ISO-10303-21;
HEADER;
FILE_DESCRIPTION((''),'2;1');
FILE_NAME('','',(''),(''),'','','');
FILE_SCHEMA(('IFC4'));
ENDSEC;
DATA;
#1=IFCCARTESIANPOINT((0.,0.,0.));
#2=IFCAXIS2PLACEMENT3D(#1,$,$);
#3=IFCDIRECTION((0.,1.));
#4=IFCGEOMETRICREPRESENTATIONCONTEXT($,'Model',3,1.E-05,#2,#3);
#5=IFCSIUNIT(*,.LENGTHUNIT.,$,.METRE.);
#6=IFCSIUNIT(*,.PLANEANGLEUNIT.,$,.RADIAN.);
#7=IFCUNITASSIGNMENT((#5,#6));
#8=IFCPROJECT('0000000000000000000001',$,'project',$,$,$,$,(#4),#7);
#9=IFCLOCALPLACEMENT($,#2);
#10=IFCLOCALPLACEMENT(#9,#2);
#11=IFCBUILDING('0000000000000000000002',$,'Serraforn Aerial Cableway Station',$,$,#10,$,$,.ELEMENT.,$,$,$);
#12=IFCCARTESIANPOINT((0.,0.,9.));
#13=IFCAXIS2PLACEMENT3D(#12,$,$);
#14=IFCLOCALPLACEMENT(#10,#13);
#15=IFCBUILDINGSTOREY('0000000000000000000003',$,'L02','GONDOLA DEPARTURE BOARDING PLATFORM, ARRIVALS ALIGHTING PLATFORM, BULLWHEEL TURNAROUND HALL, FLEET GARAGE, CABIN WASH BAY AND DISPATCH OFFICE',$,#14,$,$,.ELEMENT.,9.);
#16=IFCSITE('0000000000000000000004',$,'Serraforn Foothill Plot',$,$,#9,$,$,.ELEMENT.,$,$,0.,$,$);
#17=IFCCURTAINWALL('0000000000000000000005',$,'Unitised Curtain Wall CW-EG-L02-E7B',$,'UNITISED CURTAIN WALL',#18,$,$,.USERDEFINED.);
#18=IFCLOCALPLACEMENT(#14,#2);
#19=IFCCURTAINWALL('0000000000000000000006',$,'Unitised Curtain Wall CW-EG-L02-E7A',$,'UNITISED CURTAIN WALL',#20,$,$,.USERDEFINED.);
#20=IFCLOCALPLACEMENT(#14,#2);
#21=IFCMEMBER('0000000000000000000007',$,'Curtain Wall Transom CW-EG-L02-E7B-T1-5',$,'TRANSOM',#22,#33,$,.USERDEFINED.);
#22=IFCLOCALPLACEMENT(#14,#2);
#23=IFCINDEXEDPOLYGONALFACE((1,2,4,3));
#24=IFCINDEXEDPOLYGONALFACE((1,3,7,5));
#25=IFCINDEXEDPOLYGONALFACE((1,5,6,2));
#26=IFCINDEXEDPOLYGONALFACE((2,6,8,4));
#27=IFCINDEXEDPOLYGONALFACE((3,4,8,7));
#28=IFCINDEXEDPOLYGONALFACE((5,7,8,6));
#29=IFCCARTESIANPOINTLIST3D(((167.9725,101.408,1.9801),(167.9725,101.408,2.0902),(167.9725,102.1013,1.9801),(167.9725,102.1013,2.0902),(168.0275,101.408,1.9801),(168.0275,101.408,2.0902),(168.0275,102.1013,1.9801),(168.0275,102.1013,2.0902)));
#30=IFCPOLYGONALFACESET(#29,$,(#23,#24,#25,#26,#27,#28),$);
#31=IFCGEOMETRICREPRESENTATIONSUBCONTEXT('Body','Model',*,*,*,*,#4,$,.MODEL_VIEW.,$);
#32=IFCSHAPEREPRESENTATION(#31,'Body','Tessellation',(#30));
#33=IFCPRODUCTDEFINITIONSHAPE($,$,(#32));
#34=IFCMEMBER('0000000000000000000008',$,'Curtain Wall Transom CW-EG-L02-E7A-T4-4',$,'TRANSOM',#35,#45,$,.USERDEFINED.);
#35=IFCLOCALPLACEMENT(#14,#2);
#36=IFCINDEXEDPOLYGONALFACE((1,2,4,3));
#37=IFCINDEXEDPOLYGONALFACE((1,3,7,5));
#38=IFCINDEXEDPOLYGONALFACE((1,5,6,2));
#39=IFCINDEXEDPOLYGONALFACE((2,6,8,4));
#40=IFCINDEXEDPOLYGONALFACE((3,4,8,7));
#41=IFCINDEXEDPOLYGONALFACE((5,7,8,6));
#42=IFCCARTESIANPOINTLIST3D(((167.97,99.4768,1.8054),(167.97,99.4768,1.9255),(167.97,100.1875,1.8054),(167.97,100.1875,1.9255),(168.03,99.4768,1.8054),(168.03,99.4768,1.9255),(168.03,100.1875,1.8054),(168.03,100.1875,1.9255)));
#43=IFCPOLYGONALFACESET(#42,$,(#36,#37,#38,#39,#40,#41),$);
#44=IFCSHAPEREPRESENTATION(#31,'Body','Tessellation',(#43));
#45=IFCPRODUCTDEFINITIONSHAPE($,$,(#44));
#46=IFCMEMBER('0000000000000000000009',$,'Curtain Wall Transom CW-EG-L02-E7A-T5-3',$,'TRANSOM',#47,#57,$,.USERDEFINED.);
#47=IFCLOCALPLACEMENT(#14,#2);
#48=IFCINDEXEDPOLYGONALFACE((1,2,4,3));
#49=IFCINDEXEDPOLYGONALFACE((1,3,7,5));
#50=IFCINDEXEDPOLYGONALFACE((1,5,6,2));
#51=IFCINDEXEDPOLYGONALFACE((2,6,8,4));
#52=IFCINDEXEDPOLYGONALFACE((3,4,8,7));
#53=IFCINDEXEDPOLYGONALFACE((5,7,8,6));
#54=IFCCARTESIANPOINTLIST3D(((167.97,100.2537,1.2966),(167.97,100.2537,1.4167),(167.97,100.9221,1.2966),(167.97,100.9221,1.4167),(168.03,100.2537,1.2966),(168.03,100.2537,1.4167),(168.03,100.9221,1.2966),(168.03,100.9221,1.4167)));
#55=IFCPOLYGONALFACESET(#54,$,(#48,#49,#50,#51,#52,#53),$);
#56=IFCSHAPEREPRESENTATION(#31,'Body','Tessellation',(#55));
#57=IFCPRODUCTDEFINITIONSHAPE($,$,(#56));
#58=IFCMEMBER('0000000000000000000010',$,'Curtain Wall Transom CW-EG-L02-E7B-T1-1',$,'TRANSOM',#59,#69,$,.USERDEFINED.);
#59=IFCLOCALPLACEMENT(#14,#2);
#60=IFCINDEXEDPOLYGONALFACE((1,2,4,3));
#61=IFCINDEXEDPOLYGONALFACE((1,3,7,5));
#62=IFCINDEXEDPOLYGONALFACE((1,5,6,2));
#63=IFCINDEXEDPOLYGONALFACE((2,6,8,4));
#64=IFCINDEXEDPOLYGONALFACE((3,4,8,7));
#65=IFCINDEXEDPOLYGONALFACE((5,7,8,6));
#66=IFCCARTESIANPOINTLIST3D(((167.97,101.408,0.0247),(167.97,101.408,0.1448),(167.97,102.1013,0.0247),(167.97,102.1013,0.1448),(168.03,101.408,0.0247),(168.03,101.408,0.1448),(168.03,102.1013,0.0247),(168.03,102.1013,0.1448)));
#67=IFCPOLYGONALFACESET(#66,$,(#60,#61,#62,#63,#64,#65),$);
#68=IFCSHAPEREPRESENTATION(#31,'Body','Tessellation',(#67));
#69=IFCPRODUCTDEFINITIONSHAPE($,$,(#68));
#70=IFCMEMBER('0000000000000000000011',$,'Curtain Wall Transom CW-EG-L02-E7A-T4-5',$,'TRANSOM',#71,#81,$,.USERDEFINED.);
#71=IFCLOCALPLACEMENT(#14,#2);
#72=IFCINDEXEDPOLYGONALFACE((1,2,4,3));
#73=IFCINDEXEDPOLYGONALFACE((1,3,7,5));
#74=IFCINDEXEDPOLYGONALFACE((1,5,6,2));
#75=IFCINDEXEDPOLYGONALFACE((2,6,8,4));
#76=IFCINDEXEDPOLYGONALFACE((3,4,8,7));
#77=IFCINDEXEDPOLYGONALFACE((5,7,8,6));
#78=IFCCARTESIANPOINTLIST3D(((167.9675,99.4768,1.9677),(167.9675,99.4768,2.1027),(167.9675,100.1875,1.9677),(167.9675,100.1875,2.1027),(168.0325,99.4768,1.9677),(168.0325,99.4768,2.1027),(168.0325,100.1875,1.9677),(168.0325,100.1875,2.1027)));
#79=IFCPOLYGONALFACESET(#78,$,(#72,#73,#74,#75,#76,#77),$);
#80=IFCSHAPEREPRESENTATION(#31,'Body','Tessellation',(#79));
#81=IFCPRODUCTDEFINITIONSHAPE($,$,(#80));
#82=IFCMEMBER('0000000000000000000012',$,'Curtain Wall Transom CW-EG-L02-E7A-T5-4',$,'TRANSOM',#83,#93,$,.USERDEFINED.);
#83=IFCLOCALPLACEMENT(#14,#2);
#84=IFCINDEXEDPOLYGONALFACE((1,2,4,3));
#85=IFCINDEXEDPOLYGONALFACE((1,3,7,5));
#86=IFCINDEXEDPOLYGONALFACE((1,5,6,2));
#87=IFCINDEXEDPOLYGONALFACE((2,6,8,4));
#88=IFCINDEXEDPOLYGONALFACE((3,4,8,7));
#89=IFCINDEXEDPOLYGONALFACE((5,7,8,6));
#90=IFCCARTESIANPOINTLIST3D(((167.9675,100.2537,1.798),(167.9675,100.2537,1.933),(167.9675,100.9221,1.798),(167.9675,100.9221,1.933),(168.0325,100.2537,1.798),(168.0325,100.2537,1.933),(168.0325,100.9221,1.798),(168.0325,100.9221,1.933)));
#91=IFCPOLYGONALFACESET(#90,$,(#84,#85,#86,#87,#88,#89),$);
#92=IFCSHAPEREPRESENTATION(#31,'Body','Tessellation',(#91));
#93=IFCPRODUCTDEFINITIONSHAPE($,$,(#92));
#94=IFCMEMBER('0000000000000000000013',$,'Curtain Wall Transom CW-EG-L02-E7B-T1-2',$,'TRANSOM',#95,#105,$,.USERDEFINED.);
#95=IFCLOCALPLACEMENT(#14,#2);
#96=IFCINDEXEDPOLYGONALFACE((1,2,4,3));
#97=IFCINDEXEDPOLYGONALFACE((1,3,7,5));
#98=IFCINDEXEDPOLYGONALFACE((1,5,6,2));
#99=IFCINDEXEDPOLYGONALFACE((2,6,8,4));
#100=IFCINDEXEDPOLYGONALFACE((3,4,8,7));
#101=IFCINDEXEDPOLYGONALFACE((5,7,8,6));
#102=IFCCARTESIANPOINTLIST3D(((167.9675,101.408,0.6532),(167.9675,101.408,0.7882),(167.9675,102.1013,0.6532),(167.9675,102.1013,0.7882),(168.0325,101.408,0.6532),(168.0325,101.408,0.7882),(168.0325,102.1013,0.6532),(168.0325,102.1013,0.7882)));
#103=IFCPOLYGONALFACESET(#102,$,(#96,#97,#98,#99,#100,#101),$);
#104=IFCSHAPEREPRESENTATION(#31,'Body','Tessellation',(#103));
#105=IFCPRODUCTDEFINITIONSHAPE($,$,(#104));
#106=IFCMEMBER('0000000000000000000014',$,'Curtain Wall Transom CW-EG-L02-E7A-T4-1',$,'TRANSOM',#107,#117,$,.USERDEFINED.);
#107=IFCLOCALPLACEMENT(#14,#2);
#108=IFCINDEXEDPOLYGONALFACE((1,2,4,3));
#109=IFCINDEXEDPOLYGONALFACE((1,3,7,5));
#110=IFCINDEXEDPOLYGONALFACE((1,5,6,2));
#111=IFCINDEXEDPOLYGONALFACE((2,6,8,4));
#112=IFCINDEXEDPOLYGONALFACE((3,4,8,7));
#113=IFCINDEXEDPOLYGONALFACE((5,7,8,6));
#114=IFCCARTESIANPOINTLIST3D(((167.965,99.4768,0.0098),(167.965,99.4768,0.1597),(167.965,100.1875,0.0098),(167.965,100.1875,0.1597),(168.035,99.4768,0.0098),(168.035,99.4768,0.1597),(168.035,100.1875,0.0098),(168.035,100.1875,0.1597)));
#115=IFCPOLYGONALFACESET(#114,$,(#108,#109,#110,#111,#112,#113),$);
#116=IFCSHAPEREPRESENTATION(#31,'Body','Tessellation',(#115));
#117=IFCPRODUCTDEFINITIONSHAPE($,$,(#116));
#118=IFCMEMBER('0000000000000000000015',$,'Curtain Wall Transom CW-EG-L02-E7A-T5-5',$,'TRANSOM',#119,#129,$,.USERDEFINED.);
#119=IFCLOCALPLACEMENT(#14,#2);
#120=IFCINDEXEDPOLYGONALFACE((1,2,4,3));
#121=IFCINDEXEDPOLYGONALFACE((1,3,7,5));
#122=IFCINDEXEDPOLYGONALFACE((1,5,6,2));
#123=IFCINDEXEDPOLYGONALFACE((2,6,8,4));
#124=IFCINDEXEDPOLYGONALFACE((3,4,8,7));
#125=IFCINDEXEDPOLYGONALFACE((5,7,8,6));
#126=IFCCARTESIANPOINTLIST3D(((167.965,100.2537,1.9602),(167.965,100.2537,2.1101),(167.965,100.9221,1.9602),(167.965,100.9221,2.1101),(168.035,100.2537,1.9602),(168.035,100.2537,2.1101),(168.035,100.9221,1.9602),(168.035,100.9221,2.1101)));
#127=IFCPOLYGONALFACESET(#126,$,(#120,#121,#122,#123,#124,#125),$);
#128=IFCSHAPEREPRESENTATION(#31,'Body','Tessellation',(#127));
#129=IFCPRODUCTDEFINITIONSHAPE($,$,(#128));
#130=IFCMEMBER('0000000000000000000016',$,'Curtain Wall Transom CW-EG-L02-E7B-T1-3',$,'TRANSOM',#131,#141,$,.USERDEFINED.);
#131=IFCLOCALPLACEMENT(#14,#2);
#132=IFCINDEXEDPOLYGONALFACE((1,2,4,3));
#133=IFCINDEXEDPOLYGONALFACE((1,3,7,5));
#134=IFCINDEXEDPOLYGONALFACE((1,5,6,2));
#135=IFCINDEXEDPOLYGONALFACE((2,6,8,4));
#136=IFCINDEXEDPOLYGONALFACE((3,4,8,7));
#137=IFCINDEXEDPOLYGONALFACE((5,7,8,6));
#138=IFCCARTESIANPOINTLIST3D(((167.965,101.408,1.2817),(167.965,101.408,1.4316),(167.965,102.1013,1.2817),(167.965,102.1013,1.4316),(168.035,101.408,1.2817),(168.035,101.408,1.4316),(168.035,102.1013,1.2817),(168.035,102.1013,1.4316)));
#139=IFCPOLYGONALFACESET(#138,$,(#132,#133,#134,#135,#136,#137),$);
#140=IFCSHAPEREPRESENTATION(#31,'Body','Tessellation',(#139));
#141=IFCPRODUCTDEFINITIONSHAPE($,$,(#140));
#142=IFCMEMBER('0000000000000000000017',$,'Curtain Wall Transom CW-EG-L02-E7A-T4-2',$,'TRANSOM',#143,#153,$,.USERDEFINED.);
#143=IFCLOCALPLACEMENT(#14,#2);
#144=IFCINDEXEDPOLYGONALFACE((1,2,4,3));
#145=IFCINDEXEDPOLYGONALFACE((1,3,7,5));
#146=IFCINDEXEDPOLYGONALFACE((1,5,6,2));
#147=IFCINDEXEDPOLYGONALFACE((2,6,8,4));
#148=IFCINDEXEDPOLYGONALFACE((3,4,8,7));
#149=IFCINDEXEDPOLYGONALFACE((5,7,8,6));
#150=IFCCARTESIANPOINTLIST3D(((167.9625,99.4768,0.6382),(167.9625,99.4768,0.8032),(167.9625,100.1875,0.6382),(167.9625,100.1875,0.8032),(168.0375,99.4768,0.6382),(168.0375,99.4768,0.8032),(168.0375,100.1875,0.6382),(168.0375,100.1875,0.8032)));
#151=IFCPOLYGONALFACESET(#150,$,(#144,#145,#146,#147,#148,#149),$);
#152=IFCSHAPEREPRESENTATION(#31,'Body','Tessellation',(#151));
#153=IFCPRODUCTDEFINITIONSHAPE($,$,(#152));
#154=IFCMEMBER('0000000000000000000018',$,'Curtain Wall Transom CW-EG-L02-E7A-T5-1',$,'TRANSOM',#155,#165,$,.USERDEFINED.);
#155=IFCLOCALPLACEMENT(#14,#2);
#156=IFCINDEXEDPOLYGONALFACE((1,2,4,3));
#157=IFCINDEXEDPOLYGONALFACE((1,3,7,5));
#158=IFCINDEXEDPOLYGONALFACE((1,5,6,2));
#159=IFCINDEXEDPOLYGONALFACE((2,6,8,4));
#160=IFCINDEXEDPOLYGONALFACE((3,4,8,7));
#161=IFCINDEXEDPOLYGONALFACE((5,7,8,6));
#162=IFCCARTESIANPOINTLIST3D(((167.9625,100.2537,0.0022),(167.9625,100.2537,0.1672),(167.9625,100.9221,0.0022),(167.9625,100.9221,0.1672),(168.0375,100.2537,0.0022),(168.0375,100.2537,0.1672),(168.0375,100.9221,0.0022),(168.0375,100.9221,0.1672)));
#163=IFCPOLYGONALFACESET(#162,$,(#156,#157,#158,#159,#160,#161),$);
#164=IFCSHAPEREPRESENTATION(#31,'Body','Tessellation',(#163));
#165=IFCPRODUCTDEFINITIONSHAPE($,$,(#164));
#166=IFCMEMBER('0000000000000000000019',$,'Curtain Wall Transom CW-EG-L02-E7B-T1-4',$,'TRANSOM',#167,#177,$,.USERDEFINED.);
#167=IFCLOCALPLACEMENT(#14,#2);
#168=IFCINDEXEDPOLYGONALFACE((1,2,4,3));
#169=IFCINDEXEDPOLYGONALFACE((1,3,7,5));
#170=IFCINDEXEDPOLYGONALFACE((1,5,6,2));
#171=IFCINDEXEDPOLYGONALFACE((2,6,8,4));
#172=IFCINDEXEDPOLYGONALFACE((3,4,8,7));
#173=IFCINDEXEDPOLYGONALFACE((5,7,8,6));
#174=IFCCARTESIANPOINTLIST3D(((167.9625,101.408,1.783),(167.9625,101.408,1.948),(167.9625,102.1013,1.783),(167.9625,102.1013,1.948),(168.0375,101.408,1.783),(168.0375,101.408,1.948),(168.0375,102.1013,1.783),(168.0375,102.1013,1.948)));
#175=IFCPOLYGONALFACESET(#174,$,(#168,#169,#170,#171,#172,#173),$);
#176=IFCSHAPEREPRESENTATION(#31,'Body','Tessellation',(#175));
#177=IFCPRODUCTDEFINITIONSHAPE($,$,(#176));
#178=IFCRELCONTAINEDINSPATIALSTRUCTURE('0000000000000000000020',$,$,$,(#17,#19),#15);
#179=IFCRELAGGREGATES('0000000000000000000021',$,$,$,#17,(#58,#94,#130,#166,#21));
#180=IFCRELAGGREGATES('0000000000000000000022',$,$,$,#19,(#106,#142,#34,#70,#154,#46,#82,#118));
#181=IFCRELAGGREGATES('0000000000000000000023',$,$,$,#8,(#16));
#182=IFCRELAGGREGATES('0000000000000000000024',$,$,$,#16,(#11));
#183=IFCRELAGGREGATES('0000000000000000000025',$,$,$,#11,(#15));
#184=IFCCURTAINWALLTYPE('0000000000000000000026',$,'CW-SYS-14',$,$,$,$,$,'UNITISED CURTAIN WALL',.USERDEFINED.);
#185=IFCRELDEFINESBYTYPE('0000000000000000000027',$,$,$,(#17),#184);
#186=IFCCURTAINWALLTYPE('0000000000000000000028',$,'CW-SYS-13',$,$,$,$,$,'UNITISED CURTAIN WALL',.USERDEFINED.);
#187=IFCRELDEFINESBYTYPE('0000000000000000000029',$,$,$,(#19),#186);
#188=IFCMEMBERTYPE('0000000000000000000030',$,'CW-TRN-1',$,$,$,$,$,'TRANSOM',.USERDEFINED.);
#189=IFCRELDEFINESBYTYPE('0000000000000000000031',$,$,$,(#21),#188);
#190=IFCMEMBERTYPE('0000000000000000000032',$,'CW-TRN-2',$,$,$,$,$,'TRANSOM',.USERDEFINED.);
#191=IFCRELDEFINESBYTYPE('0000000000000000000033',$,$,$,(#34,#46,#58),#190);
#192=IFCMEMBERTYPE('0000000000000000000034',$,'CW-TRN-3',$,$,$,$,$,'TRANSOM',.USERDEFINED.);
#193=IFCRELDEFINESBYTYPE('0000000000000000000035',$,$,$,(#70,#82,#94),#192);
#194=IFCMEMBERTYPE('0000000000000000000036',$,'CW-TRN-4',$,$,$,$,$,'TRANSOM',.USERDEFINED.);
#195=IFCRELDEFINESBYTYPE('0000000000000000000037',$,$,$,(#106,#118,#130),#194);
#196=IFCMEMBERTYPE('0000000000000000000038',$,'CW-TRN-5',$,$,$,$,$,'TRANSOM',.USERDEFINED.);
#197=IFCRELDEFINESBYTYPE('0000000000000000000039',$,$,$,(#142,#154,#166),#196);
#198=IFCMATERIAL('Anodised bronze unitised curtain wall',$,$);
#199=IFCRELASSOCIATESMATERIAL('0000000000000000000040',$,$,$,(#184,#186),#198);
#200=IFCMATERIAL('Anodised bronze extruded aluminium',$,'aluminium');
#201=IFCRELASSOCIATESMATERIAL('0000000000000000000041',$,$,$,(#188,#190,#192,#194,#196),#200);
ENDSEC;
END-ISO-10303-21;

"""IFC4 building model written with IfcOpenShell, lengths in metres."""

from ifc_helpers import new_model, si_unit, direction, frame, origin, origin_2d, place, context, subcontext, project, spatial, rectangle, extrude, material, material_profile, profile_set, type_object, element, aggregate, save


model = new_model("IFC4")

# Units and contexts
model_context = context("Model", 3, precision=1e-05, world=origin(), true_north=direction((0.0, 1.0)))
body_context = subcontext(model_context, "Body", "Model", "MODEL_VIEW")
ifc_project = project(units=[si_unit("LENGTHUNIT", "METRE"), si_unit("PLANEANGLEUNIT", "RADIAN")], contexts=[model_context])

# Site, building, storey
site_placement = place(None, origin())
site = spatial("IfcSite", under=ifc_project, at=site_placement, Name="Serraforn Foothill Plot", CompositionType="ELEMENT", RefElevation=0.0)
building_placement = place(site_placement, origin())
building = spatial("IfcBuilding", under=site, at=building_placement, Name="Serraforn Aerial Cableway Station", CompositionType="ELEMENT")
storey_placement = place(building_placement, frame((0.0, 0.0, 9.0)))
storey = spatial("IfcBuildingStorey", under=building, at=storey_placement, Name="L02", Description="GONDOLA DEPARTURE BOARDING PLATFORM, ARRIVALS ALIGHTING PLATFORM, BULLWHEEL TURNAROUND HALL, FLEET GARAGE, CABIN WASH BAY AND DISPATCH OFFICE", CompositionType="ELEMENT", Elevation=9.0)

# Curtain wall
ifc_material_1 = material(Name="Anodised bronze unitised curtain wall")
curtain_wall_type_1 = type_object("IfcCurtainWallType", Name="CW-SYS-14", ElementType="UNITISED CURTAIN WALL", PredefinedType="USERDEFINED", material=ifc_material_1)
curtain_wall_1_placement = place(storey_placement, origin())
curtain_wall_1 = element("IfcCurtainWall", 1, at=curtain_wall_1_placement, inside=storey, type_object=curtain_wall_type_1, Name="Unitised Curtain Wall CW-EG-L02-E7B", ObjectType="UNITISED CURTAIN WALL", PredefinedType="USERDEFINED")
ifc_material_2 = material(Name="Anodised bronze extruded aluminium", Category="aluminium")

# Curtain wall
curtain_wall_type_2 = type_object("IfcCurtainWallType", Name="CW-SYS-13", ElementType="UNITISED CURTAIN WALL", PredefinedType="USERDEFINED", material=ifc_material_1)
curtain_wall_2_placement = place(storey_placement, origin())
curtain_wall_2 = element("IfcCurtainWall", 2, at=curtain_wall_2_placement, inside=storey, type_object=curtain_wall_type_2, Name="Unitised Curtain Wall CW-EG-L02-E7A", ObjectType="UNITISED CURTAIN WALL", PredefinedType="USERDEFINED")
ifc_material_profile_1 = material_profile(ifc_material_2, rectangle(XDim=0.0549, YDim=0.1101, at=origin_2d()), Name="CW TRANSOM 55x110")
ifc_profile_set_1 = profile_set([ifc_material_profile_1], Name="Anodised bronze extruded aluminium")
member_type_1 = type_object("IfcMemberType", Name="CW-TRN-1", ElementType="TRANSOM", PredefinedType="USERDEFINED", material=ifc_profile_set_1)

# Members
member_1_placement = place(storey_placement, frame((168.0, 101.408, 2.0352), z_axis=(0.0, 1.0, 0.0), x_axis=(-1.0, 0.0, 0.0)))
member_1 = element("IfcMember", 3, at=member_1_placement, type_object=member_type_1, Name="Curtain Wall Transom CW-EG-L02-E7B-T1-5", ObjectType="TRANSOM", PredefinedType="USERDEFINED", context=body_context, shape_type="SweptSolid", body=[
    extrude(rectangle(XDim=0.0549, YDim=0.1101, at=origin_2d()), origin(), (0.0, 0.0, 1.0), 0.6934),
])
ifc_material_profile_2 = material_profile(ifc_material_2, rectangle(XDim=0.0601, YDim=0.1201, at=origin_2d()), Name="CW TRANSOM 60x120")
ifc_profile_set_2 = profile_set([ifc_material_profile_2], Name="Anodised bronze extruded aluminium")
member_type_2 = type_object("IfcMemberType", Name="CW-TRN-2", ElementType="TRANSOM", PredefinedType="USERDEFINED", material=ifc_profile_set_2)
member_2_placement = place(storey_placement, frame((168.0, 99.4768, 1.8655), z_axis=(0.0, 1.0, 0.0), x_axis=(-1.0, 0.0, 0.0)))
member_2 = element("IfcMember", 4, at=member_2_placement, type_object=member_type_2, Name="Curtain Wall Transom CW-EG-L02-E7A-T4-4", ObjectType="TRANSOM", PredefinedType="USERDEFINED", context=body_context, shape_type="SweptSolid", body=[
    extrude(rectangle(XDim=0.0601, YDim=0.1201, at=origin_2d()), origin(), (0.0, 0.0, 1.0), 0.7107),
])
member_3_placement = place(storey_placement, frame((168.0, 100.2537, 1.3567), z_axis=(0.0, 1.0, 0.0), x_axis=(-1.0, 0.0, 0.0)))
member_3 = element("IfcMember", 5, at=member_3_placement, type_object=member_type_2, Name="Curtain Wall Transom CW-EG-L02-E7A-T5-3", ObjectType="TRANSOM", PredefinedType="USERDEFINED", context=body_context, shape_type="SweptSolid", body=[
    extrude(rectangle(XDim=0.0601, YDim=0.1201, at=origin_2d()), origin(), (0.0, 0.0, 1.0), 0.6685),
])
member_4_placement = place(storey_placement, frame((168.0, 101.408, 0.0847), z_axis=(0.0, 1.0, 0.0), x_axis=(-1.0, 0.0, 0.0)))
member_4 = element("IfcMember", 6, at=member_4_placement, type_object=member_type_2, Name="Curtain Wall Transom CW-EG-L02-E7B-T1-1", ObjectType="TRANSOM", PredefinedType="USERDEFINED", context=body_context, shape_type="SweptSolid", body=[
    extrude(rectangle(XDim=0.0601, YDim=0.1201, at=origin_2d()), origin(), (0.0, 0.0, 1.0), 0.6934),
])
ifc_material_profile_3 = material_profile(ifc_material_2, rectangle(XDim=0.0649, YDim=0.135, at=origin_2d()), Name="CW TRANSOM 65x135")
ifc_profile_set_3 = profile_set([ifc_material_profile_3], Name="Anodised bronze extruded aluminium")
member_type_3 = type_object("IfcMemberType", Name="CW-TRN-3", ElementType="TRANSOM", PredefinedType="USERDEFINED", material=ifc_profile_set_3)
member_5_placement = place(storey_placement, frame((168.0, 99.4768, 2.0352), z_axis=(0.0, 1.0, 0.0), x_axis=(-1.0, 0.0, 0.0)))
member_5 = element("IfcMember", 7, at=member_5_placement, type_object=member_type_3, Name="Curtain Wall Transom CW-EG-L02-E7A-T4-5", ObjectType="TRANSOM", PredefinedType="USERDEFINED", context=body_context, shape_type="SweptSolid", body=[
    extrude(rectangle(XDim=0.0649, YDim=0.135, at=origin_2d()), origin(), (0.0, 0.0, 1.0), 0.7107),
])
member_6_placement = place(storey_placement, frame((168.0, 100.2537, 1.8655), z_axis=(0.0, 1.0, 0.0), x_axis=(-1.0, 0.0, 0.0)))
member_6 = element("IfcMember", 8, at=member_6_placement, type_object=member_type_3, Name="Curtain Wall Transom CW-EG-L02-E7A-T5-4", ObjectType="TRANSOM", PredefinedType="USERDEFINED", context=body_context, shape_type="SweptSolid", body=[
    extrude(rectangle(XDim=0.0649, YDim=0.135, at=origin_2d()), origin(), (0.0, 0.0, 1.0), 0.6685),
])
member_7_placement = place(storey_placement, frame((168.0, 101.408, 0.7207), z_axis=(0.0, 1.0, 0.0), x_axis=(-1.0, 0.0, 0.0)))
member_7 = element("IfcMember", 9, at=member_7_placement, type_object=member_type_3, Name="Curtain Wall Transom CW-EG-L02-E7B-T1-2", ObjectType="TRANSOM", PredefinedType="USERDEFINED", context=body_context, shape_type="SweptSolid", body=[
    extrude(rectangle(XDim=0.0649, YDim=0.135, at=origin_2d()), origin(), (0.0, 0.0, 1.0), 0.6934),
])
ifc_material_profile_4 = material_profile(ifc_material_2, rectangle(XDim=0.0701, YDim=0.1499, at=origin_2d()), Name="CW TRANSOM 70x150")
ifc_profile_set_4 = profile_set([ifc_material_profile_4], Name="Anodised bronze extruded aluminium")
member_type_4 = type_object("IfcMemberType", Name="CW-TRN-4", ElementType="TRANSOM", PredefinedType="USERDEFINED", material=ifc_profile_set_4)
member_8_placement = place(storey_placement, frame((168.0, 99.4768, 0.0847), z_axis=(0.0, 1.0, 0.0), x_axis=(-1.0, 0.0, 0.0)))
member_8 = element("IfcMember", 10, at=member_8_placement, type_object=member_type_4, Name="Curtain Wall Transom CW-EG-L02-E7A-T4-1", ObjectType="TRANSOM", PredefinedType="USERDEFINED", context=body_context, shape_type="SweptSolid", body=[
    extrude(rectangle(XDim=0.0701, YDim=0.1499, at=origin_2d()), origin(), (0.0, 0.0, 1.0), 0.7107),
])
member_9_placement = place(storey_placement, frame((168.0, 100.2537, 2.0352), z_axis=(0.0, 1.0, 0.0), x_axis=(-1.0, 0.0, 0.0)))
member_9 = element("IfcMember", 11, at=member_9_placement, type_object=member_type_4, Name="Curtain Wall Transom CW-EG-L02-E7A-T5-5", ObjectType="TRANSOM", PredefinedType="USERDEFINED", context=body_context, shape_type="SweptSolid", body=[
    extrude(rectangle(XDim=0.0701, YDim=0.1499, at=origin_2d()), origin(), (0.0, 0.0, 1.0), 0.6685),
])
member_10_placement = place(storey_placement, frame((168.0, 101.408, 1.3567), z_axis=(0.0, 1.0, 0.0), x_axis=(-1.0, 0.0, 0.0)))
member_10 = element("IfcMember", 12, at=member_10_placement, type_object=member_type_4, Name="Curtain Wall Transom CW-EG-L02-E7B-T1-3", ObjectType="TRANSOM", PredefinedType="USERDEFINED", context=body_context, shape_type="SweptSolid", body=[
    extrude(rectangle(XDim=0.0701, YDim=0.1499, at=origin_2d()), origin(), (0.0, 0.0, 1.0), 0.6934),
])
ifc_material_profile_5 = material_profile(ifc_material_2, rectangle(XDim=0.075, YDim=0.165, at=origin_2d()), Name="CW TRANSOM 75x165")
ifc_profile_set_5 = profile_set([ifc_material_profile_5], Name="Anodised bronze extruded aluminium")
member_type_5 = type_object("IfcMemberType", Name="CW-TRN-5", ElementType="TRANSOM", PredefinedType="USERDEFINED", material=ifc_profile_set_5)
member_11_placement = place(storey_placement, frame((168.0, 99.4768, 0.7207), z_axis=(0.0, 1.0, 0.0), x_axis=(-1.0, 0.0, 0.0)))
member_11 = element("IfcMember", 13, at=member_11_placement, type_object=member_type_5, Name="Curtain Wall Transom CW-EG-L02-E7A-T4-2", ObjectType="TRANSOM", PredefinedType="USERDEFINED", context=body_context, shape_type="SweptSolid", body=[
    extrude(rectangle(XDim=0.075, YDim=0.165, at=origin_2d()), origin(), (0.0, 0.0, 1.0), 0.7107),
])
member_12_placement = place(storey_placement, frame((168.0, 100.2537, 0.0847), z_axis=(0.0, 1.0, 0.0), x_axis=(-1.0, 0.0, 0.0)))
member_12 = element("IfcMember", 14, at=member_12_placement, type_object=member_type_5, Name="Curtain Wall Transom CW-EG-L02-E7A-T5-1", ObjectType="TRANSOM", PredefinedType="USERDEFINED", context=body_context, shape_type="SweptSolid", body=[
    extrude(rectangle(XDim=0.075, YDim=0.165, at=origin_2d()), origin(), (0.0, 0.0, 1.0), 0.6685),
])
member_13_placement = place(storey_placement, frame((168.0, 101.408, 1.8655), z_axis=(0.0, 1.0, 0.0), x_axis=(-1.0, 0.0, 0.0)))
member_13 = element("IfcMember", 15, at=member_13_placement, type_object=member_type_5, Name="Curtain Wall Transom CW-EG-L02-E7B-T1-4", ObjectType="TRANSOM", PredefinedType="USERDEFINED", context=body_context, shape_type="SweptSolid", body=[
    extrude(rectangle(XDim=0.075, YDim=0.165, at=origin_2d()), origin(), (0.0, 0.0, 1.0), 0.6934),
])

aggregate(curtain_wall_1, [member_4, member_7, member_10, member_13, member_1])
aggregate(curtain_wall_2, [member_8, member_11, member_2, member_5, member_12, member_3, member_6, member_9])

save(model, "model.ifc")
